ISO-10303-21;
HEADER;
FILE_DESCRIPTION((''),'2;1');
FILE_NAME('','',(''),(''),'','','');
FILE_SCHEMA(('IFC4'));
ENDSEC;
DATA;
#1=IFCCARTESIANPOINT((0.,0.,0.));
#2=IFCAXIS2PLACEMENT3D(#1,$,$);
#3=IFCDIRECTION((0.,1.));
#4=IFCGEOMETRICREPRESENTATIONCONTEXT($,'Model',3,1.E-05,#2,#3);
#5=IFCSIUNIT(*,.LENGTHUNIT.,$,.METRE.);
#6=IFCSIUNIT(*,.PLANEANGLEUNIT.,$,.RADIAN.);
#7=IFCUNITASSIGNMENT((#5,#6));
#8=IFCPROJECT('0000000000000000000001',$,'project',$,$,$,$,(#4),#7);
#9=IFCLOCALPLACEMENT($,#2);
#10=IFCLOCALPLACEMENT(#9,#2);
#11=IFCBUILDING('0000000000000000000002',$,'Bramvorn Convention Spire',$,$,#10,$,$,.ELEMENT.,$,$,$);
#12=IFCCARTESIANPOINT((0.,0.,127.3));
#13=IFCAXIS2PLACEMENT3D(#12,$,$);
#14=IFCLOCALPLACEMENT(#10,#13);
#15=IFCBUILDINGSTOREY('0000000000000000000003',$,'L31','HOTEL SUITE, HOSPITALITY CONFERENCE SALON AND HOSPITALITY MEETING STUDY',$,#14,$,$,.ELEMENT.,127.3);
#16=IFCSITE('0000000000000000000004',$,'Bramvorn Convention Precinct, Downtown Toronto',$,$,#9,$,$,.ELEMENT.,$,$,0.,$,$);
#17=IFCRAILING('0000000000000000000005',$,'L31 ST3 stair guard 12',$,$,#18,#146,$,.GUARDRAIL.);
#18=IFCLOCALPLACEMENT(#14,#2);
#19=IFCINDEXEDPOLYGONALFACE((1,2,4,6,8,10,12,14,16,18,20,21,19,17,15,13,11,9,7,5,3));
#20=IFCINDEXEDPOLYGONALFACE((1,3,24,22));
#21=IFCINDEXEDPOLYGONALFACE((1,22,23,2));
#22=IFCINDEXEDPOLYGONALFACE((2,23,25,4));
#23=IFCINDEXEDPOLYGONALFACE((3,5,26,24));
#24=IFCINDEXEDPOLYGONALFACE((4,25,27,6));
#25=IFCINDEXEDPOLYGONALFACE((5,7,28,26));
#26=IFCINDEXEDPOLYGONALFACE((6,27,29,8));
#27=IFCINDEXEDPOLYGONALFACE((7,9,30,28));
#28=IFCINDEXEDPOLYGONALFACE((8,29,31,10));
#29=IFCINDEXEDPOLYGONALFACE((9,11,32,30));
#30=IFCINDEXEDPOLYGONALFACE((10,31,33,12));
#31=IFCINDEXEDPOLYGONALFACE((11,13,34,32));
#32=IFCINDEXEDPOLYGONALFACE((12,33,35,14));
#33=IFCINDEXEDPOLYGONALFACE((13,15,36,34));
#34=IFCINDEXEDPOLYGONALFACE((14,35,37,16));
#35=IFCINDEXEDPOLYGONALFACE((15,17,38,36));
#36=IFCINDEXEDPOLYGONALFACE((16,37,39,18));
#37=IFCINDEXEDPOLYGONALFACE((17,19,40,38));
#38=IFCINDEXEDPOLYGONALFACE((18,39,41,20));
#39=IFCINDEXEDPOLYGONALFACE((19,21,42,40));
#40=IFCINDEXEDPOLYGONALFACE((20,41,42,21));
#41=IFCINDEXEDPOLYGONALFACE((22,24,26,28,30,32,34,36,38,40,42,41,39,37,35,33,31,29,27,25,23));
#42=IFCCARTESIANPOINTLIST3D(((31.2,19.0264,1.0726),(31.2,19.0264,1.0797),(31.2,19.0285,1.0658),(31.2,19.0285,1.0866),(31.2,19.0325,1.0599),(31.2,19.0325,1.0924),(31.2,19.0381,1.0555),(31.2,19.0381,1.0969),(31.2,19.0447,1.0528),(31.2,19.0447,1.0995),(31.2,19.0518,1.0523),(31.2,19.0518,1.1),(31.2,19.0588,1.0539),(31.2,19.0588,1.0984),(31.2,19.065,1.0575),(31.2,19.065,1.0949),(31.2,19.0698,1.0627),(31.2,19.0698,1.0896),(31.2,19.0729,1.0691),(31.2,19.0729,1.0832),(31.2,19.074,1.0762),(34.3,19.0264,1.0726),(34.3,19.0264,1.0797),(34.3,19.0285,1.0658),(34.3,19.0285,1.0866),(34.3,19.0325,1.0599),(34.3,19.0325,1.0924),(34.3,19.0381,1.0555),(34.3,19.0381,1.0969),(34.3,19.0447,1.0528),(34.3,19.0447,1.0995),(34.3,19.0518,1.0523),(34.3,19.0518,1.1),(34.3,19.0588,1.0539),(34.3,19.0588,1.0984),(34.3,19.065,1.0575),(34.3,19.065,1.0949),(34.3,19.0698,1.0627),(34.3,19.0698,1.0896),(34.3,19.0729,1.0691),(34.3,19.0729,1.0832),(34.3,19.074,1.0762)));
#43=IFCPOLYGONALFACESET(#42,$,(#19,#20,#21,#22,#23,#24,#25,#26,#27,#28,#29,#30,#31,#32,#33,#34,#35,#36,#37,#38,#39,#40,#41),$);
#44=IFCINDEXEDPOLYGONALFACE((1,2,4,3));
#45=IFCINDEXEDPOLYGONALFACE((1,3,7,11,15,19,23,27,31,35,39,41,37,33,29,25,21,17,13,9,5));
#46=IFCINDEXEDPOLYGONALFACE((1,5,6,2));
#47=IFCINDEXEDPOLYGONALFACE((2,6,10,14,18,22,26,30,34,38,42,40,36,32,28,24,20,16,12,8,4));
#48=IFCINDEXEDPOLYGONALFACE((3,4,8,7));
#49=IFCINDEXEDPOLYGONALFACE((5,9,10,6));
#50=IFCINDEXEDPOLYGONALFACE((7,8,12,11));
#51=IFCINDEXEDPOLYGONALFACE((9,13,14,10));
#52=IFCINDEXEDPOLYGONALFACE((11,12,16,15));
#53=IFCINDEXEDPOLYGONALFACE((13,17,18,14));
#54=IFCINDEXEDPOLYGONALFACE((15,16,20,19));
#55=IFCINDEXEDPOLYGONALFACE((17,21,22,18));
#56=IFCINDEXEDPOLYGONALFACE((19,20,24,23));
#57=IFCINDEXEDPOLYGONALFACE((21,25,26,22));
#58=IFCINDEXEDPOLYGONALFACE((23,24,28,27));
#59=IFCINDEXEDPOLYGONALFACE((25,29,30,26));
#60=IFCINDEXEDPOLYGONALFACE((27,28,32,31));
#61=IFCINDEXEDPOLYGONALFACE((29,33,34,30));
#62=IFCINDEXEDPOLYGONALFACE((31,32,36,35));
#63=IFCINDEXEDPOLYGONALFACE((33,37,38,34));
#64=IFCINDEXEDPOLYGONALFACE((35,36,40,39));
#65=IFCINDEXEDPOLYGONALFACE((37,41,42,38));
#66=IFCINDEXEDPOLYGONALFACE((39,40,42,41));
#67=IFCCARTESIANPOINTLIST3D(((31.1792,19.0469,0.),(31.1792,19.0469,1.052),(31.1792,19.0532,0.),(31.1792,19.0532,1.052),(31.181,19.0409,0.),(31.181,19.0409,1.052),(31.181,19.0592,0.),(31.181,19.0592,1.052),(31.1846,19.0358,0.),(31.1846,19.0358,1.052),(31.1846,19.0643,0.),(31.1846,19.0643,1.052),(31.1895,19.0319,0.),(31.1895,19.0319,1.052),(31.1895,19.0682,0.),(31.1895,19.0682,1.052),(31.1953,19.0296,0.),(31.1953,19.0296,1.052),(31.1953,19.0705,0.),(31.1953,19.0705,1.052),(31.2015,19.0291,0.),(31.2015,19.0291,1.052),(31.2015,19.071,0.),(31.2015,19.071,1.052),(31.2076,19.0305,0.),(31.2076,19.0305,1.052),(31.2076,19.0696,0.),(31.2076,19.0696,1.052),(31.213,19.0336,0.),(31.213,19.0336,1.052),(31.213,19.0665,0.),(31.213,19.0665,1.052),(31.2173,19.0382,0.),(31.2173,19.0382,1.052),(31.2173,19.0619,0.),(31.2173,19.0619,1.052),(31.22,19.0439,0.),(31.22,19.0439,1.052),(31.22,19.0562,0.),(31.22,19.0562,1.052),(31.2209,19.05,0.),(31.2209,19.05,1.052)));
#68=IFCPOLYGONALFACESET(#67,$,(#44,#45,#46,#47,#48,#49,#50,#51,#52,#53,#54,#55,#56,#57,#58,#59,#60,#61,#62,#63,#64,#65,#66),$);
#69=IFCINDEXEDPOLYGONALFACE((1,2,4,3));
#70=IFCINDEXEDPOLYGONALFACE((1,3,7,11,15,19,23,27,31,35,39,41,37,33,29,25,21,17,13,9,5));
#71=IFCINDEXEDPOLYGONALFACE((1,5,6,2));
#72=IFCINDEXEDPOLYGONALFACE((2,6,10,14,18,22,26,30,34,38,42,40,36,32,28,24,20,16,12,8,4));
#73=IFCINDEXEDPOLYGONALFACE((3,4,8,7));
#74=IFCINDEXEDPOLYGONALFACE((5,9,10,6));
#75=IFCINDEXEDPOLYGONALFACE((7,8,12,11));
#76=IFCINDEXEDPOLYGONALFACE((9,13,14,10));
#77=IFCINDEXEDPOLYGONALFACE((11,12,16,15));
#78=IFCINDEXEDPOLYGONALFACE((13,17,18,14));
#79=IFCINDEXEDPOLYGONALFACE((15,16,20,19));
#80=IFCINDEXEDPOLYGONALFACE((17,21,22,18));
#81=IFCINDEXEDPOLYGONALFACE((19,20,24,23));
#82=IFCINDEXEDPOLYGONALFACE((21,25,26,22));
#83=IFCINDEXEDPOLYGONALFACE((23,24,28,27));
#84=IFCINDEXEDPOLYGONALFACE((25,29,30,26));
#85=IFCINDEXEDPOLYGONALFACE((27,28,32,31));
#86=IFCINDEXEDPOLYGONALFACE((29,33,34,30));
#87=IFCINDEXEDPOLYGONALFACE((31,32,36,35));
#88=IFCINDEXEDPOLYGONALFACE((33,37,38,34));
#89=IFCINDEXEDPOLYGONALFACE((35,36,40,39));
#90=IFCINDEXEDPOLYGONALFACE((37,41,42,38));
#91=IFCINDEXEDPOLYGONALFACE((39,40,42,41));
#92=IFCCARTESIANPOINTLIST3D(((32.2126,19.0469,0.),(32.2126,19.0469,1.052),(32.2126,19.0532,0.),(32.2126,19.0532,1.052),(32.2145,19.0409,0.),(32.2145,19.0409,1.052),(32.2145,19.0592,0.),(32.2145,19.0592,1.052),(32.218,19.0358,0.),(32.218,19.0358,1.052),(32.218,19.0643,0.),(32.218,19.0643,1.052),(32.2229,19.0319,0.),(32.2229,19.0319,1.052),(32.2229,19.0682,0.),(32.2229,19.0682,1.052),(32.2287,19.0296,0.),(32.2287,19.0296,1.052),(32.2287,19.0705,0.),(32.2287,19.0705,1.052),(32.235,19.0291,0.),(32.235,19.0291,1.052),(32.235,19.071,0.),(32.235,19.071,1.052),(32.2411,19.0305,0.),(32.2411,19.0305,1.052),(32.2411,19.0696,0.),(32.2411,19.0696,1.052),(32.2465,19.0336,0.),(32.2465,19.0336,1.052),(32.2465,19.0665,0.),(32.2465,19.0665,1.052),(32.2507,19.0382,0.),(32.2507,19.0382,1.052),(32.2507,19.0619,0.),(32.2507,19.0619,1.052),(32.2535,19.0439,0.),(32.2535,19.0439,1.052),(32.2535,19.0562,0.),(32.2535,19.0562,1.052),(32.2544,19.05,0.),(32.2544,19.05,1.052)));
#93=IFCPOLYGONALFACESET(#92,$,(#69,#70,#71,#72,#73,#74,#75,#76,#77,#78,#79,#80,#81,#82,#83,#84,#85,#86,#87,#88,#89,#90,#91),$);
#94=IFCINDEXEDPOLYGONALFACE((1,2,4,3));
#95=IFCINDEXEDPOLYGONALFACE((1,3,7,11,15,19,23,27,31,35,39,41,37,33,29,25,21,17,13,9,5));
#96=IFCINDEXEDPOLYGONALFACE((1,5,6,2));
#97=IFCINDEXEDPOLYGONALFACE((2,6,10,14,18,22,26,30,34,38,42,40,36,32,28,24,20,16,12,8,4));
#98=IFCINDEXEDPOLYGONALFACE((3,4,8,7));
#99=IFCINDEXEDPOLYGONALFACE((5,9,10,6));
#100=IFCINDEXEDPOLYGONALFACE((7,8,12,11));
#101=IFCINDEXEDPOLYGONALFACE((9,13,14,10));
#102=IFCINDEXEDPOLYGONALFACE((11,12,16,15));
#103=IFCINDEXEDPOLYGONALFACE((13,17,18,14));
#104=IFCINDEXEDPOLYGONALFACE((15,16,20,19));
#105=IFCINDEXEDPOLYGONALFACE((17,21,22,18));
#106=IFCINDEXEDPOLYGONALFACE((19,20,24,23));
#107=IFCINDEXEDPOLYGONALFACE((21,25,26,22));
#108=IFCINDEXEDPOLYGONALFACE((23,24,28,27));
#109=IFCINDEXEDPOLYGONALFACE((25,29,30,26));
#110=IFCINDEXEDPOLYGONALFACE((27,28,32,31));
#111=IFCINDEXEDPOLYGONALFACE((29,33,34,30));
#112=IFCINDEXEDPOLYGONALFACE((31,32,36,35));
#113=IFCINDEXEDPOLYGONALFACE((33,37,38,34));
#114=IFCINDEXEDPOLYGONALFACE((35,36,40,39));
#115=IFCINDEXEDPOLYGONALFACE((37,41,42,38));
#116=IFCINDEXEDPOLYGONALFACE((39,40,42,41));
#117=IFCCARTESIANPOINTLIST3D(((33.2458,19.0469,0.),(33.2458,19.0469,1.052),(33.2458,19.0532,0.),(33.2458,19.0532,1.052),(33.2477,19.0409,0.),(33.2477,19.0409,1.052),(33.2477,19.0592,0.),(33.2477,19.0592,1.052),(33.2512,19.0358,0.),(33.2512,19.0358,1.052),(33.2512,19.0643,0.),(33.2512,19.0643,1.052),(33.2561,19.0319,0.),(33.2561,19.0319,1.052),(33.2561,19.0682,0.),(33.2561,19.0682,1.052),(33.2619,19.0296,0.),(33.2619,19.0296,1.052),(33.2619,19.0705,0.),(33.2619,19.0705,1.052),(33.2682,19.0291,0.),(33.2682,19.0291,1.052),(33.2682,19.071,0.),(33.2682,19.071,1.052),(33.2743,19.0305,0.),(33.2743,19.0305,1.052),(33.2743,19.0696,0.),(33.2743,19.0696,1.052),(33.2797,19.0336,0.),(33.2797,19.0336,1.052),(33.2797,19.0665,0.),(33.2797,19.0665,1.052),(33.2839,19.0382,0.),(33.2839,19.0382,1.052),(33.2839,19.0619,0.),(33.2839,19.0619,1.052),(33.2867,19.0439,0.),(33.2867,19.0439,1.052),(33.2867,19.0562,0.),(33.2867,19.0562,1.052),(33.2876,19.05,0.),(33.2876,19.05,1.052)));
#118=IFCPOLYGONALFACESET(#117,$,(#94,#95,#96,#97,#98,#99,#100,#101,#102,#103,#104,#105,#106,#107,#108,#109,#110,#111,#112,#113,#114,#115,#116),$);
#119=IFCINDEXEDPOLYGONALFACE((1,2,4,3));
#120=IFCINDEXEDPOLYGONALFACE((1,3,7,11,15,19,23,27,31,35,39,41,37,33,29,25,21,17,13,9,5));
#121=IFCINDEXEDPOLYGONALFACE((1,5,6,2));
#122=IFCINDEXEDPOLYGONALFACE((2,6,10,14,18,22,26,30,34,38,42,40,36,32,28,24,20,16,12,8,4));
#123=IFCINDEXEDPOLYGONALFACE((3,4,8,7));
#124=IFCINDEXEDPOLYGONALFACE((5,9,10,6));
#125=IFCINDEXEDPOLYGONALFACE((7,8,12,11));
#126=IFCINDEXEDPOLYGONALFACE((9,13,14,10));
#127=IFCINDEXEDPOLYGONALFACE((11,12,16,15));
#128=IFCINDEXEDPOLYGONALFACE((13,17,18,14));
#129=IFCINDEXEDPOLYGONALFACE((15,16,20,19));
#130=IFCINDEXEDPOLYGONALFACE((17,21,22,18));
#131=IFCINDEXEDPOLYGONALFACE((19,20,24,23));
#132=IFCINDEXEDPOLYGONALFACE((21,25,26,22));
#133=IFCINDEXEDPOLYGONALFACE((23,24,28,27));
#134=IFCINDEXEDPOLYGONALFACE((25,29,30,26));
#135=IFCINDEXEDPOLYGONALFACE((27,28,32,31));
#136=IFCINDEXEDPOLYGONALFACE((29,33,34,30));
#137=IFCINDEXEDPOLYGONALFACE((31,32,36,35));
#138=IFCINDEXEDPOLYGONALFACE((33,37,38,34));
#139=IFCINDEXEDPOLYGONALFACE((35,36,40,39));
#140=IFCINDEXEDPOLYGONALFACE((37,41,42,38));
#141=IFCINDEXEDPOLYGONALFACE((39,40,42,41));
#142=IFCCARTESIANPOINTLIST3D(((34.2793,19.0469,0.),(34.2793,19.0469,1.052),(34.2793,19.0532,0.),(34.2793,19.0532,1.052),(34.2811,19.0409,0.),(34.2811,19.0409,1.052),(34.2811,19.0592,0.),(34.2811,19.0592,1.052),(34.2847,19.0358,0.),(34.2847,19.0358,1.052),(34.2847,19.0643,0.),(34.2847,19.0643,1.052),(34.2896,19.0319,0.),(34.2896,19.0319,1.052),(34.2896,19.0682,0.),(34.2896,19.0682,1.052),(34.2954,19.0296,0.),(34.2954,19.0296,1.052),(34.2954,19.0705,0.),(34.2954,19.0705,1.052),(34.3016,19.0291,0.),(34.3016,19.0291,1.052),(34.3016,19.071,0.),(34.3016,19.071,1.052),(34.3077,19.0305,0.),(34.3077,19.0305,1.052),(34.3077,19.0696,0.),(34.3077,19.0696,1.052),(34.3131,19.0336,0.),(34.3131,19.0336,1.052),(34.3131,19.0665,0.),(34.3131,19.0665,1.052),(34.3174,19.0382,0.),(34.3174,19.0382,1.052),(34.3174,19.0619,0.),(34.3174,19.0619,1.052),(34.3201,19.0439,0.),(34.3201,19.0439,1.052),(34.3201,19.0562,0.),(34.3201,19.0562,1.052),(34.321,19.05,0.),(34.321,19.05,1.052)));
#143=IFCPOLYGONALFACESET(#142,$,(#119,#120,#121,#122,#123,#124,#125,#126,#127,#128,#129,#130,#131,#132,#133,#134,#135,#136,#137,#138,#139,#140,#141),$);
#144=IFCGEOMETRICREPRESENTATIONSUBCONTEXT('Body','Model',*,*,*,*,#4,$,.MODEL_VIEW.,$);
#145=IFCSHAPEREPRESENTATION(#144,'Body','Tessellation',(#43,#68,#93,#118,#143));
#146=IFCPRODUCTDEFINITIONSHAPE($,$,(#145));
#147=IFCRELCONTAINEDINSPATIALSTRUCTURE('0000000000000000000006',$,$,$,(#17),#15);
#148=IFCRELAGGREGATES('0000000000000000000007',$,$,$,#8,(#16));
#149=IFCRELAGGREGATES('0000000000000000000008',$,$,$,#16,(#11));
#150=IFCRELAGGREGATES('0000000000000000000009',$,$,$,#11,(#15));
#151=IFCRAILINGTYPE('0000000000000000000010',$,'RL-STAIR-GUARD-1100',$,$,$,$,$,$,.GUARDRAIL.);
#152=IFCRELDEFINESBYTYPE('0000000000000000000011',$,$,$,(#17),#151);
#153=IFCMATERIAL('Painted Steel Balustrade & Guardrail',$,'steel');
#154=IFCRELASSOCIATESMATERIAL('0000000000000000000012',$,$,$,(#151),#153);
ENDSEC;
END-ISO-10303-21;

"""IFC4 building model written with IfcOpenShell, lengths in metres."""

from ifc_helpers import new_model, si_unit, direction, frame, origin, origin_2d, place, context, subcontext, project, spatial, circle, extrude, material, type_object, element, save


model = new_model("IFC4")

# Units and contexts
model_context = context("Model", 3, precision=1e-05, world=origin(), true_north=direction((0.0, 1.0)))
body_context = subcontext(model_context, "Body", "Model", "MODEL_VIEW")
ifc_project = project(units=[si_unit("LENGTHUNIT", "METRE"), si_unit("PLANEANGLEUNIT", "RADIAN")], contexts=[model_context])

# Site, building, storey
site_placement = place(None, origin())
site = spatial("IfcSite", under=ifc_project, at=site_placement, Name="Bramvorn Convention Precinct, Downtown Toronto", CompositionType="ELEMENT", RefElevation=0.0)
building_placement = place(site_placement, origin())
building = spatial("IfcBuilding", under=site, at=building_placement, Name="Bramvorn Convention Spire", CompositionType="ELEMENT")
storey_placement = place(building_placement, frame((0.0, 0.0, 127.3)))
storey = spatial("IfcBuildingStorey", under=building, at=storey_placement, Name="L31", Description="HOTEL SUITE, HOSPITALITY CONFERENCE SALON AND HOSPITALITY MEETING STUDY", CompositionType="ELEMENT", Elevation=127.3)

# Railing
ifc_material_1 = material(Name="Painted Steel Balustrade & Guardrail", Category="steel")
railing_type_1 = type_object("IfcRailingType", Name="RL-STAIR-GUARD-1100", PredefinedType="GUARDRAIL", material=ifc_material_1)
railing_1_placement = place(storey_placement, frame((31.2, 19.05, 0.0)))
element("IfcRailing", 1, at=railing_1_placement, inside=storey, type_object=railing_type_1, Name="L31 ST3 stair guard 12", PredefinedType="GUARDRAIL", context=body_context, shape_type="SweptSolid", body=[
    extrude(circle(Radius=0.0239, at=origin_2d()), frame((0.0, 0.0, 1.0762), z_axis=(1.0, 0.0, 0.0), x_axis=(0.0, 1.0, 0.0)), (0.0, 0.0, 1.0), 3.1001),
    extrude(circle(Radius=0.021, at=origin_2d()), origin(), (0.0, 0.0, 1.0), 1.052),
    extrude(circle(Radius=0.021, at=origin_2d()), frame((1.0334, 0.0, 0.0)), (0.0, 0.0, 1.0), 1.052),
    extrude(circle(Radius=0.021, at=origin_2d()), frame((2.0667, 0.0, 0.0)), (0.0, 0.0, 1.0), 1.052),
    extrude(circle(Radius=0.021, at=origin_2d()), frame((3.1001, 0.0, 0.0)), (0.0, 0.0, 1.0), 1.052),
])

save(model, "model.ifc")
